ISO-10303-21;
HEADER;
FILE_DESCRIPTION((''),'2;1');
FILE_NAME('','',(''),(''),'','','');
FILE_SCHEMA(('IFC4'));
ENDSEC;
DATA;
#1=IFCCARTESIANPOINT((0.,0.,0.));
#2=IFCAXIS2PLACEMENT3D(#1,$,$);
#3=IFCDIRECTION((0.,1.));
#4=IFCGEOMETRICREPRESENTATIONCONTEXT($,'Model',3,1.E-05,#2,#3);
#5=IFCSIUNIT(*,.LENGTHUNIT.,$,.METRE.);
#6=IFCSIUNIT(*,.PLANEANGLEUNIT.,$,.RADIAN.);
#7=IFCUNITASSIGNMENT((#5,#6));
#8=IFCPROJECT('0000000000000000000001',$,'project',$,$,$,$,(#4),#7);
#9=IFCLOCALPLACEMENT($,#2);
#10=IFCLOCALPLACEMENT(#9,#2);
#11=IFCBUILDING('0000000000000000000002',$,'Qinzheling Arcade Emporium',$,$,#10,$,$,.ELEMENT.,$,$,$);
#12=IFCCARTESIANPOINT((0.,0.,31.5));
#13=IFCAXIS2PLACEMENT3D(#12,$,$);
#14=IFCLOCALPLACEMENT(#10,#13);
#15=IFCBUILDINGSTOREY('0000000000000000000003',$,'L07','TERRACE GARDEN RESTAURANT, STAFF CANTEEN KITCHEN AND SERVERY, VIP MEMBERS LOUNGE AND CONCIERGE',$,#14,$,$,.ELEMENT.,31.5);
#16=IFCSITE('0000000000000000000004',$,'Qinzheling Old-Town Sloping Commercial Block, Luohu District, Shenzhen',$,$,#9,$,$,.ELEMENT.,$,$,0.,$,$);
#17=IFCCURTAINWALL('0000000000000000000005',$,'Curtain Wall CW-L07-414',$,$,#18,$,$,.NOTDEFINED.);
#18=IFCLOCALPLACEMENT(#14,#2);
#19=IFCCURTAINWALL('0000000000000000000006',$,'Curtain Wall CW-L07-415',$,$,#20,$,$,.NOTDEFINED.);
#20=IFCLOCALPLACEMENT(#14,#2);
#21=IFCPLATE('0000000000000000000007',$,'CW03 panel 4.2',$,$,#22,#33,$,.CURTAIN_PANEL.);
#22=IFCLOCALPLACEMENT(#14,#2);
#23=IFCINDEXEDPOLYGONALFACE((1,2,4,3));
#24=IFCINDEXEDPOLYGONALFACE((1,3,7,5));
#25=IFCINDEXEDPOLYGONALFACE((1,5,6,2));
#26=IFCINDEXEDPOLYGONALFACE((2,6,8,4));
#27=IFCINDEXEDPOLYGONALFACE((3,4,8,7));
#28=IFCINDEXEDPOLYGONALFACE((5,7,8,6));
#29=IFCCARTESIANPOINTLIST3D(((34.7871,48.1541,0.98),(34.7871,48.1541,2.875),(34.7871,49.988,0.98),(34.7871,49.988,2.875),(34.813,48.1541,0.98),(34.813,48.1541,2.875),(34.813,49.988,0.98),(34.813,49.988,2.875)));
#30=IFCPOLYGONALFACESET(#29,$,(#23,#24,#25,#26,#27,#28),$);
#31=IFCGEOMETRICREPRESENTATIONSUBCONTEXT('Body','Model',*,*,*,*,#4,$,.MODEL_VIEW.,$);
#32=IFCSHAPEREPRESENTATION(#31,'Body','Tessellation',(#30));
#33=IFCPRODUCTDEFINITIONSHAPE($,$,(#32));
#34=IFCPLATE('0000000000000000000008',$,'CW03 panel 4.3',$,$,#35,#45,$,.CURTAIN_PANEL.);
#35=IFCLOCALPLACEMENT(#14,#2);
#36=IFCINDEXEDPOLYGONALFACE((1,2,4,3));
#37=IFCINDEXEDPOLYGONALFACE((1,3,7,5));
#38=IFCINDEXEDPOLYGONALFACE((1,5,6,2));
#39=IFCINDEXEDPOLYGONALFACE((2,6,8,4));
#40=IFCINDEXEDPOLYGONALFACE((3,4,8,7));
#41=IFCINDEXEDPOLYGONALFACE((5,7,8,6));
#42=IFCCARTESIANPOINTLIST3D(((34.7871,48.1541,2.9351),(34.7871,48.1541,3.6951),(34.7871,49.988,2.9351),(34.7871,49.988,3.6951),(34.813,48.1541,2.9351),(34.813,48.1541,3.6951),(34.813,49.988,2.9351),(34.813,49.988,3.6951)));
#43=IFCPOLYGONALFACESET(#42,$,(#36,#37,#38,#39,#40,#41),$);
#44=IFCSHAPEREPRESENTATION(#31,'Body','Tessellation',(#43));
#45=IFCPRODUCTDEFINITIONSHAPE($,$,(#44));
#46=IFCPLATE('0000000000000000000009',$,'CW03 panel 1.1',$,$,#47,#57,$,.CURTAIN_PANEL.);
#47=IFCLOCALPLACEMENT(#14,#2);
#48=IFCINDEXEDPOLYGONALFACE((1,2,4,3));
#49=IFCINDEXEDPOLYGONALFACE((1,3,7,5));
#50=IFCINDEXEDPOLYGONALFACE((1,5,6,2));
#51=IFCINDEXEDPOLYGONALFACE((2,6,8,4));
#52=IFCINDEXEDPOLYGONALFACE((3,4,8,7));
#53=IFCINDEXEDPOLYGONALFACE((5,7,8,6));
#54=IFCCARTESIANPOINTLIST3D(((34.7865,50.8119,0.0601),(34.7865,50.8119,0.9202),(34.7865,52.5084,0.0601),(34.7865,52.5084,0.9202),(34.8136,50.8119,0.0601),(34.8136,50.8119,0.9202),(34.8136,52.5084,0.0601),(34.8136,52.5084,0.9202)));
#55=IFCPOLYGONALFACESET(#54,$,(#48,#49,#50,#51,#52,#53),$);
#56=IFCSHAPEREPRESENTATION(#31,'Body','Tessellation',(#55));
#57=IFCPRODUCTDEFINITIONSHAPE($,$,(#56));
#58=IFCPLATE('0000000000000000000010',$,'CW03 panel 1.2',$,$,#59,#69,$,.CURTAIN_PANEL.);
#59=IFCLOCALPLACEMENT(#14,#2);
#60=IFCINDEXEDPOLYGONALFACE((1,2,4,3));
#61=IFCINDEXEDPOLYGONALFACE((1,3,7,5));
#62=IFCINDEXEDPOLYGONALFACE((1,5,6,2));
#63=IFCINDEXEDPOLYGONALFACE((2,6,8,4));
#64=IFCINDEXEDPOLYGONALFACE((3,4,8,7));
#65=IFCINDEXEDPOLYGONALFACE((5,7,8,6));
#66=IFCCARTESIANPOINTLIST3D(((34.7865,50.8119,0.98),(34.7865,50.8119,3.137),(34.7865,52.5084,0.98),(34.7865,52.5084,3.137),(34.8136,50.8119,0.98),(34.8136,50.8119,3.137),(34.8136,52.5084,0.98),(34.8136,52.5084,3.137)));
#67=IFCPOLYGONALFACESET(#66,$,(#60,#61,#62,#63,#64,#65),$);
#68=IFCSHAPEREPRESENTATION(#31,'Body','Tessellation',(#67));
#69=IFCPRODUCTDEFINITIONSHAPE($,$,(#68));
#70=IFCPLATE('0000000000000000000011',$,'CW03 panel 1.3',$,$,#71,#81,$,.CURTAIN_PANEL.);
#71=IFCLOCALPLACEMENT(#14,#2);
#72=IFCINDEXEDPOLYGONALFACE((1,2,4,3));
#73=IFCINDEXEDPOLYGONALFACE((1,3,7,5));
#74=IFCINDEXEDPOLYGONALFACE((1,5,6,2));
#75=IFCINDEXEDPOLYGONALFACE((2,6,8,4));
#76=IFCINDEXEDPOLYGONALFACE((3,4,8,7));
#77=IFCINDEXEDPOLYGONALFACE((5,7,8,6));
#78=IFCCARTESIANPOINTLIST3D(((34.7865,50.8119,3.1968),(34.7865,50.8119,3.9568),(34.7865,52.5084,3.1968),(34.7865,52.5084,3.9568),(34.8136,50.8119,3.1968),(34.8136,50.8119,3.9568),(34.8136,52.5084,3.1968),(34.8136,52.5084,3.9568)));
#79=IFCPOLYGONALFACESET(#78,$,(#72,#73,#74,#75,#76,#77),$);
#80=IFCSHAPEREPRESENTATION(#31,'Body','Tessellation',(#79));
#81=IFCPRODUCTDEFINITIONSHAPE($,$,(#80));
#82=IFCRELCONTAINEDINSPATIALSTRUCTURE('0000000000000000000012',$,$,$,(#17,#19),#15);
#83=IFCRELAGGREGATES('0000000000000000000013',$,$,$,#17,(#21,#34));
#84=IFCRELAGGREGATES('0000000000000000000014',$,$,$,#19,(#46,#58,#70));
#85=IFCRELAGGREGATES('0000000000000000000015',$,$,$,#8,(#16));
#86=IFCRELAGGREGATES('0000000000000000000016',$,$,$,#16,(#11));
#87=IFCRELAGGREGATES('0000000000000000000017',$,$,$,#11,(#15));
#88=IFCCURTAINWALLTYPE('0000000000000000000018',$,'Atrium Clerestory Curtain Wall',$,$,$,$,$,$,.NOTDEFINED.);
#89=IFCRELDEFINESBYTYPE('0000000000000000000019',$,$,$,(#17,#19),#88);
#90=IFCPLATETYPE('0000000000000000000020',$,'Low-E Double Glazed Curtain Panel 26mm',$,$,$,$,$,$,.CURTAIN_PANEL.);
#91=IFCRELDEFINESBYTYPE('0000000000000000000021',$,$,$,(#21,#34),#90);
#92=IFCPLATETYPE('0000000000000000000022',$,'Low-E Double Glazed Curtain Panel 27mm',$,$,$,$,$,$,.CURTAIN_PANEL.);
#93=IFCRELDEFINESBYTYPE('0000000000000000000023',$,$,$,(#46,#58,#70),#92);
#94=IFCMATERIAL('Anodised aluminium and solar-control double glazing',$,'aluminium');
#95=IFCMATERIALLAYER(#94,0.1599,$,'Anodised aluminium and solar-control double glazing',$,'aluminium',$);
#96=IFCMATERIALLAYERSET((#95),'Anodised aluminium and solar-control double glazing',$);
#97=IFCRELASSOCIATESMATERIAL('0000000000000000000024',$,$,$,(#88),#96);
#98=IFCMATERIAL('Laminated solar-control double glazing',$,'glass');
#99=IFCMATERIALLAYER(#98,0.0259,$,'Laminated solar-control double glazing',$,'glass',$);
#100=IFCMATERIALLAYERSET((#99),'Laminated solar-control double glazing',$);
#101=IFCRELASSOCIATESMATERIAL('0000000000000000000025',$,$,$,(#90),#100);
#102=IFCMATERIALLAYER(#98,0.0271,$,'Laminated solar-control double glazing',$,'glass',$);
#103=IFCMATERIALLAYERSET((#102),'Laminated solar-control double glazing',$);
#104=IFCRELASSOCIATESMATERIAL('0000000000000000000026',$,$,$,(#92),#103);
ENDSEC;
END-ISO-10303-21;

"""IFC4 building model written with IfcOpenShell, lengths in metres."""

from ifc_helpers import new_model, si_unit, direction, frame, origin, origin_2d, place, context, subcontext, project, spatial, rectangle, extrude, material, layer, layer_set, type_object, element, aggregate, save


model = new_model("IFC4")

# Units and contexts
model_context = context("Model", 3, precision=1e-05, world=origin(), true_north=direction((0.0, 1.0)))
body_context = subcontext(model_context, "Body", "Model", "MODEL_VIEW")
ifc_project = project(units=[si_unit("LENGTHUNIT", "METRE"), si_unit("PLANEANGLEUNIT", "RADIAN")], contexts=[model_context])

# Site, building, storey
site_placement = place(None, origin())
site = spatial("IfcSite", under=ifc_project, at=site_placement, Name="Qinzheling Old-Town Sloping Commercial Block, Luohu District, Shenzhen", CompositionType="ELEMENT", RefElevation=0.0)
building_placement = place(site_placement, origin())
building = spatial("IfcBuilding", under=site, at=building_placement, Name="Qinzheling Arcade Emporium", CompositionType="ELEMENT")
storey_placement = place(building_placement, frame((0.0, 0.0, 31.5)))
storey = spatial("IfcBuildingStorey", under=building, at=storey_placement, Name="L07", Description="TERRACE GARDEN RESTAURANT, STAFF CANTEEN KITCHEN AND SERVERY, VIP MEMBERS LOUNGE AND CONCIERGE", CompositionType="ELEMENT", Elevation=31.5)

# Curtain wall
ifc_material_1 = material(Name="Anodised aluminium and solar-control double glazing", Category="aluminium")
ifc_layer_1 = layer(ifc_material_1, 0.1599, Name="Anodised aluminium and solar-control double glazing", Category="aluminium")
ifc_layer_set_1 = layer_set([ifc_layer_1], Name="Anodised aluminium and solar-control double glazing")
curtain_wall_type = type_object("IfcCurtainWallType", Name="Atrium Clerestory Curtain Wall", PredefinedType="NOTDEFINED", material=ifc_layer_set_1)
curtain_wall_1_placement = place(storey_placement, origin())
curtain_wall_1 = element("IfcCurtainWall", 1, at=curtain_wall_1_placement, inside=storey, type_object=curtain_wall_type, Name="Curtain Wall CW-L07-414", PredefinedType="NOTDEFINED")

# Curtain wall
curtain_wall_2_placement = place(storey_placement, origin())
curtain_wall_2 = element("IfcCurtainWall", 2, at=curtain_wall_2_placement, inside=storey, type_object=curtain_wall_type, Name="Curtain Wall CW-L07-415", PredefinedType="NOTDEFINED")

# Plates
ifc_material_2 = material(Name="Laminated solar-control double glazing", Category="glass")
ifc_layer_2 = layer(ifc_material_2, 0.0259, Name="Laminated solar-control double glazing", Category="glass")
ifc_layer_set_2 = layer_set([ifc_layer_2], Name="Laminated solar-control double glazing")
plate_type_1 = type_object("IfcPlateType", Name="Low-E Double Glazed Curtain Panel 26mm", PredefinedType="CURTAIN_PANEL", material=ifc_layer_set_2)
plate_1_placement = place(storey_placement, frame((34.8, 49.071, 0.98), z_axis=(0.0, 0.0, 1.0), x_axis=(0.0, 1.0, 0.0)))
plate_1 = element("IfcPlate", 3, at=plate_1_placement, type_object=plate_type_1, Name="CW03 panel 4.2", PredefinedType="CURTAIN_PANEL", context=body_context, shape_type="SweptSolid", body=[
    extrude(rectangle(XDim=1.834, YDim=0.0259, at=origin_2d()), origin(), (0.0, 0.0, 1.0), 1.895),
])
plate_2_placement = place(storey_placement, frame((34.8, 49.071, 2.9351), z_axis=(0.0, 0.0, 1.0), x_axis=(0.0, 1.0, 0.0)))
plate_2 = element("IfcPlate", 4, at=plate_2_placement, type_object=plate_type_1, Name="CW03 panel 4.3", PredefinedType="CURTAIN_PANEL", context=body_context, shape_type="SweptSolid", body=[
    extrude(rectangle(XDim=1.834, YDim=0.0259, at=origin_2d()), origin(), (0.0, 0.0, 1.0), 0.76),
])
aggregate(curtain_wall_1, [plate_1, plate_2])
ifc_layer_3 = layer(ifc_material_2, 0.0271, Name="Laminated solar-control double glazing", Category="glass")
ifc_layer_set_3 = layer_set([ifc_layer_3], Name="Laminated solar-control double glazing")
plate_type_2 = type_object("IfcPlateType", Name="Low-E Double Glazed Curtain Panel 27mm", PredefinedType="CURTAIN_PANEL", material=ifc_layer_set_3)
plate_3_placement = place(storey_placement, frame((34.8, 51.6602, 0.0601), z_axis=(0.0, 0.0, 1.0), x_axis=(0.0, 1.0, 0.0)))
plate_3 = element("IfcPlate", 5, at=plate_3_placement, type_object=plate_type_2, Name="CW03 panel 1.1", PredefinedType="CURTAIN_PANEL", context=body_context, shape_type="SweptSolid", body=[
    extrude(rectangle(XDim=1.6965, YDim=0.0271, at=origin_2d()), origin(), (0.0, 0.0, 1.0), 0.8601),
])
plate_4_placement = place(storey_placement, frame((34.8, 51.6602, 0.98), z_axis=(0.0, 0.0, 1.0), x_axis=(0.0, 1.0, 0.0)))
plate_4 = element("IfcPlate", 6, at=plate_4_placement, type_object=plate_type_2, Name="CW03 panel 1.2", PredefinedType="CURTAIN_PANEL", context=body_context, shape_type="SweptSolid", body=[
    extrude(rectangle(XDim=1.6965, YDim=0.0271, at=origin_2d()), origin(), (0.0, 0.0, 1.0), 2.157),
])
plate_5_placement = place(storey_placement, frame((34.8, 51.6602, 3.1968), z_axis=(0.0, 0.0, 1.0), x_axis=(0.0, 1.0, 0.0)))
plate_5 = element("IfcPlate", 7, at=plate_5_placement, type_object=plate_type_2, Name="CW03 panel 1.3", PredefinedType="CURTAIN_PANEL", context=body_context, shape_type="SweptSolid", body=[
    extrude(rectangle(XDim=1.6965, YDim=0.0271, at=origin_2d()), origin(), (0.0, 0.0, 1.0), 0.76),
])
aggregate(curtain_wall_2, [plate_3, plate_4, plate_5])

save(model, "model.ifc")
